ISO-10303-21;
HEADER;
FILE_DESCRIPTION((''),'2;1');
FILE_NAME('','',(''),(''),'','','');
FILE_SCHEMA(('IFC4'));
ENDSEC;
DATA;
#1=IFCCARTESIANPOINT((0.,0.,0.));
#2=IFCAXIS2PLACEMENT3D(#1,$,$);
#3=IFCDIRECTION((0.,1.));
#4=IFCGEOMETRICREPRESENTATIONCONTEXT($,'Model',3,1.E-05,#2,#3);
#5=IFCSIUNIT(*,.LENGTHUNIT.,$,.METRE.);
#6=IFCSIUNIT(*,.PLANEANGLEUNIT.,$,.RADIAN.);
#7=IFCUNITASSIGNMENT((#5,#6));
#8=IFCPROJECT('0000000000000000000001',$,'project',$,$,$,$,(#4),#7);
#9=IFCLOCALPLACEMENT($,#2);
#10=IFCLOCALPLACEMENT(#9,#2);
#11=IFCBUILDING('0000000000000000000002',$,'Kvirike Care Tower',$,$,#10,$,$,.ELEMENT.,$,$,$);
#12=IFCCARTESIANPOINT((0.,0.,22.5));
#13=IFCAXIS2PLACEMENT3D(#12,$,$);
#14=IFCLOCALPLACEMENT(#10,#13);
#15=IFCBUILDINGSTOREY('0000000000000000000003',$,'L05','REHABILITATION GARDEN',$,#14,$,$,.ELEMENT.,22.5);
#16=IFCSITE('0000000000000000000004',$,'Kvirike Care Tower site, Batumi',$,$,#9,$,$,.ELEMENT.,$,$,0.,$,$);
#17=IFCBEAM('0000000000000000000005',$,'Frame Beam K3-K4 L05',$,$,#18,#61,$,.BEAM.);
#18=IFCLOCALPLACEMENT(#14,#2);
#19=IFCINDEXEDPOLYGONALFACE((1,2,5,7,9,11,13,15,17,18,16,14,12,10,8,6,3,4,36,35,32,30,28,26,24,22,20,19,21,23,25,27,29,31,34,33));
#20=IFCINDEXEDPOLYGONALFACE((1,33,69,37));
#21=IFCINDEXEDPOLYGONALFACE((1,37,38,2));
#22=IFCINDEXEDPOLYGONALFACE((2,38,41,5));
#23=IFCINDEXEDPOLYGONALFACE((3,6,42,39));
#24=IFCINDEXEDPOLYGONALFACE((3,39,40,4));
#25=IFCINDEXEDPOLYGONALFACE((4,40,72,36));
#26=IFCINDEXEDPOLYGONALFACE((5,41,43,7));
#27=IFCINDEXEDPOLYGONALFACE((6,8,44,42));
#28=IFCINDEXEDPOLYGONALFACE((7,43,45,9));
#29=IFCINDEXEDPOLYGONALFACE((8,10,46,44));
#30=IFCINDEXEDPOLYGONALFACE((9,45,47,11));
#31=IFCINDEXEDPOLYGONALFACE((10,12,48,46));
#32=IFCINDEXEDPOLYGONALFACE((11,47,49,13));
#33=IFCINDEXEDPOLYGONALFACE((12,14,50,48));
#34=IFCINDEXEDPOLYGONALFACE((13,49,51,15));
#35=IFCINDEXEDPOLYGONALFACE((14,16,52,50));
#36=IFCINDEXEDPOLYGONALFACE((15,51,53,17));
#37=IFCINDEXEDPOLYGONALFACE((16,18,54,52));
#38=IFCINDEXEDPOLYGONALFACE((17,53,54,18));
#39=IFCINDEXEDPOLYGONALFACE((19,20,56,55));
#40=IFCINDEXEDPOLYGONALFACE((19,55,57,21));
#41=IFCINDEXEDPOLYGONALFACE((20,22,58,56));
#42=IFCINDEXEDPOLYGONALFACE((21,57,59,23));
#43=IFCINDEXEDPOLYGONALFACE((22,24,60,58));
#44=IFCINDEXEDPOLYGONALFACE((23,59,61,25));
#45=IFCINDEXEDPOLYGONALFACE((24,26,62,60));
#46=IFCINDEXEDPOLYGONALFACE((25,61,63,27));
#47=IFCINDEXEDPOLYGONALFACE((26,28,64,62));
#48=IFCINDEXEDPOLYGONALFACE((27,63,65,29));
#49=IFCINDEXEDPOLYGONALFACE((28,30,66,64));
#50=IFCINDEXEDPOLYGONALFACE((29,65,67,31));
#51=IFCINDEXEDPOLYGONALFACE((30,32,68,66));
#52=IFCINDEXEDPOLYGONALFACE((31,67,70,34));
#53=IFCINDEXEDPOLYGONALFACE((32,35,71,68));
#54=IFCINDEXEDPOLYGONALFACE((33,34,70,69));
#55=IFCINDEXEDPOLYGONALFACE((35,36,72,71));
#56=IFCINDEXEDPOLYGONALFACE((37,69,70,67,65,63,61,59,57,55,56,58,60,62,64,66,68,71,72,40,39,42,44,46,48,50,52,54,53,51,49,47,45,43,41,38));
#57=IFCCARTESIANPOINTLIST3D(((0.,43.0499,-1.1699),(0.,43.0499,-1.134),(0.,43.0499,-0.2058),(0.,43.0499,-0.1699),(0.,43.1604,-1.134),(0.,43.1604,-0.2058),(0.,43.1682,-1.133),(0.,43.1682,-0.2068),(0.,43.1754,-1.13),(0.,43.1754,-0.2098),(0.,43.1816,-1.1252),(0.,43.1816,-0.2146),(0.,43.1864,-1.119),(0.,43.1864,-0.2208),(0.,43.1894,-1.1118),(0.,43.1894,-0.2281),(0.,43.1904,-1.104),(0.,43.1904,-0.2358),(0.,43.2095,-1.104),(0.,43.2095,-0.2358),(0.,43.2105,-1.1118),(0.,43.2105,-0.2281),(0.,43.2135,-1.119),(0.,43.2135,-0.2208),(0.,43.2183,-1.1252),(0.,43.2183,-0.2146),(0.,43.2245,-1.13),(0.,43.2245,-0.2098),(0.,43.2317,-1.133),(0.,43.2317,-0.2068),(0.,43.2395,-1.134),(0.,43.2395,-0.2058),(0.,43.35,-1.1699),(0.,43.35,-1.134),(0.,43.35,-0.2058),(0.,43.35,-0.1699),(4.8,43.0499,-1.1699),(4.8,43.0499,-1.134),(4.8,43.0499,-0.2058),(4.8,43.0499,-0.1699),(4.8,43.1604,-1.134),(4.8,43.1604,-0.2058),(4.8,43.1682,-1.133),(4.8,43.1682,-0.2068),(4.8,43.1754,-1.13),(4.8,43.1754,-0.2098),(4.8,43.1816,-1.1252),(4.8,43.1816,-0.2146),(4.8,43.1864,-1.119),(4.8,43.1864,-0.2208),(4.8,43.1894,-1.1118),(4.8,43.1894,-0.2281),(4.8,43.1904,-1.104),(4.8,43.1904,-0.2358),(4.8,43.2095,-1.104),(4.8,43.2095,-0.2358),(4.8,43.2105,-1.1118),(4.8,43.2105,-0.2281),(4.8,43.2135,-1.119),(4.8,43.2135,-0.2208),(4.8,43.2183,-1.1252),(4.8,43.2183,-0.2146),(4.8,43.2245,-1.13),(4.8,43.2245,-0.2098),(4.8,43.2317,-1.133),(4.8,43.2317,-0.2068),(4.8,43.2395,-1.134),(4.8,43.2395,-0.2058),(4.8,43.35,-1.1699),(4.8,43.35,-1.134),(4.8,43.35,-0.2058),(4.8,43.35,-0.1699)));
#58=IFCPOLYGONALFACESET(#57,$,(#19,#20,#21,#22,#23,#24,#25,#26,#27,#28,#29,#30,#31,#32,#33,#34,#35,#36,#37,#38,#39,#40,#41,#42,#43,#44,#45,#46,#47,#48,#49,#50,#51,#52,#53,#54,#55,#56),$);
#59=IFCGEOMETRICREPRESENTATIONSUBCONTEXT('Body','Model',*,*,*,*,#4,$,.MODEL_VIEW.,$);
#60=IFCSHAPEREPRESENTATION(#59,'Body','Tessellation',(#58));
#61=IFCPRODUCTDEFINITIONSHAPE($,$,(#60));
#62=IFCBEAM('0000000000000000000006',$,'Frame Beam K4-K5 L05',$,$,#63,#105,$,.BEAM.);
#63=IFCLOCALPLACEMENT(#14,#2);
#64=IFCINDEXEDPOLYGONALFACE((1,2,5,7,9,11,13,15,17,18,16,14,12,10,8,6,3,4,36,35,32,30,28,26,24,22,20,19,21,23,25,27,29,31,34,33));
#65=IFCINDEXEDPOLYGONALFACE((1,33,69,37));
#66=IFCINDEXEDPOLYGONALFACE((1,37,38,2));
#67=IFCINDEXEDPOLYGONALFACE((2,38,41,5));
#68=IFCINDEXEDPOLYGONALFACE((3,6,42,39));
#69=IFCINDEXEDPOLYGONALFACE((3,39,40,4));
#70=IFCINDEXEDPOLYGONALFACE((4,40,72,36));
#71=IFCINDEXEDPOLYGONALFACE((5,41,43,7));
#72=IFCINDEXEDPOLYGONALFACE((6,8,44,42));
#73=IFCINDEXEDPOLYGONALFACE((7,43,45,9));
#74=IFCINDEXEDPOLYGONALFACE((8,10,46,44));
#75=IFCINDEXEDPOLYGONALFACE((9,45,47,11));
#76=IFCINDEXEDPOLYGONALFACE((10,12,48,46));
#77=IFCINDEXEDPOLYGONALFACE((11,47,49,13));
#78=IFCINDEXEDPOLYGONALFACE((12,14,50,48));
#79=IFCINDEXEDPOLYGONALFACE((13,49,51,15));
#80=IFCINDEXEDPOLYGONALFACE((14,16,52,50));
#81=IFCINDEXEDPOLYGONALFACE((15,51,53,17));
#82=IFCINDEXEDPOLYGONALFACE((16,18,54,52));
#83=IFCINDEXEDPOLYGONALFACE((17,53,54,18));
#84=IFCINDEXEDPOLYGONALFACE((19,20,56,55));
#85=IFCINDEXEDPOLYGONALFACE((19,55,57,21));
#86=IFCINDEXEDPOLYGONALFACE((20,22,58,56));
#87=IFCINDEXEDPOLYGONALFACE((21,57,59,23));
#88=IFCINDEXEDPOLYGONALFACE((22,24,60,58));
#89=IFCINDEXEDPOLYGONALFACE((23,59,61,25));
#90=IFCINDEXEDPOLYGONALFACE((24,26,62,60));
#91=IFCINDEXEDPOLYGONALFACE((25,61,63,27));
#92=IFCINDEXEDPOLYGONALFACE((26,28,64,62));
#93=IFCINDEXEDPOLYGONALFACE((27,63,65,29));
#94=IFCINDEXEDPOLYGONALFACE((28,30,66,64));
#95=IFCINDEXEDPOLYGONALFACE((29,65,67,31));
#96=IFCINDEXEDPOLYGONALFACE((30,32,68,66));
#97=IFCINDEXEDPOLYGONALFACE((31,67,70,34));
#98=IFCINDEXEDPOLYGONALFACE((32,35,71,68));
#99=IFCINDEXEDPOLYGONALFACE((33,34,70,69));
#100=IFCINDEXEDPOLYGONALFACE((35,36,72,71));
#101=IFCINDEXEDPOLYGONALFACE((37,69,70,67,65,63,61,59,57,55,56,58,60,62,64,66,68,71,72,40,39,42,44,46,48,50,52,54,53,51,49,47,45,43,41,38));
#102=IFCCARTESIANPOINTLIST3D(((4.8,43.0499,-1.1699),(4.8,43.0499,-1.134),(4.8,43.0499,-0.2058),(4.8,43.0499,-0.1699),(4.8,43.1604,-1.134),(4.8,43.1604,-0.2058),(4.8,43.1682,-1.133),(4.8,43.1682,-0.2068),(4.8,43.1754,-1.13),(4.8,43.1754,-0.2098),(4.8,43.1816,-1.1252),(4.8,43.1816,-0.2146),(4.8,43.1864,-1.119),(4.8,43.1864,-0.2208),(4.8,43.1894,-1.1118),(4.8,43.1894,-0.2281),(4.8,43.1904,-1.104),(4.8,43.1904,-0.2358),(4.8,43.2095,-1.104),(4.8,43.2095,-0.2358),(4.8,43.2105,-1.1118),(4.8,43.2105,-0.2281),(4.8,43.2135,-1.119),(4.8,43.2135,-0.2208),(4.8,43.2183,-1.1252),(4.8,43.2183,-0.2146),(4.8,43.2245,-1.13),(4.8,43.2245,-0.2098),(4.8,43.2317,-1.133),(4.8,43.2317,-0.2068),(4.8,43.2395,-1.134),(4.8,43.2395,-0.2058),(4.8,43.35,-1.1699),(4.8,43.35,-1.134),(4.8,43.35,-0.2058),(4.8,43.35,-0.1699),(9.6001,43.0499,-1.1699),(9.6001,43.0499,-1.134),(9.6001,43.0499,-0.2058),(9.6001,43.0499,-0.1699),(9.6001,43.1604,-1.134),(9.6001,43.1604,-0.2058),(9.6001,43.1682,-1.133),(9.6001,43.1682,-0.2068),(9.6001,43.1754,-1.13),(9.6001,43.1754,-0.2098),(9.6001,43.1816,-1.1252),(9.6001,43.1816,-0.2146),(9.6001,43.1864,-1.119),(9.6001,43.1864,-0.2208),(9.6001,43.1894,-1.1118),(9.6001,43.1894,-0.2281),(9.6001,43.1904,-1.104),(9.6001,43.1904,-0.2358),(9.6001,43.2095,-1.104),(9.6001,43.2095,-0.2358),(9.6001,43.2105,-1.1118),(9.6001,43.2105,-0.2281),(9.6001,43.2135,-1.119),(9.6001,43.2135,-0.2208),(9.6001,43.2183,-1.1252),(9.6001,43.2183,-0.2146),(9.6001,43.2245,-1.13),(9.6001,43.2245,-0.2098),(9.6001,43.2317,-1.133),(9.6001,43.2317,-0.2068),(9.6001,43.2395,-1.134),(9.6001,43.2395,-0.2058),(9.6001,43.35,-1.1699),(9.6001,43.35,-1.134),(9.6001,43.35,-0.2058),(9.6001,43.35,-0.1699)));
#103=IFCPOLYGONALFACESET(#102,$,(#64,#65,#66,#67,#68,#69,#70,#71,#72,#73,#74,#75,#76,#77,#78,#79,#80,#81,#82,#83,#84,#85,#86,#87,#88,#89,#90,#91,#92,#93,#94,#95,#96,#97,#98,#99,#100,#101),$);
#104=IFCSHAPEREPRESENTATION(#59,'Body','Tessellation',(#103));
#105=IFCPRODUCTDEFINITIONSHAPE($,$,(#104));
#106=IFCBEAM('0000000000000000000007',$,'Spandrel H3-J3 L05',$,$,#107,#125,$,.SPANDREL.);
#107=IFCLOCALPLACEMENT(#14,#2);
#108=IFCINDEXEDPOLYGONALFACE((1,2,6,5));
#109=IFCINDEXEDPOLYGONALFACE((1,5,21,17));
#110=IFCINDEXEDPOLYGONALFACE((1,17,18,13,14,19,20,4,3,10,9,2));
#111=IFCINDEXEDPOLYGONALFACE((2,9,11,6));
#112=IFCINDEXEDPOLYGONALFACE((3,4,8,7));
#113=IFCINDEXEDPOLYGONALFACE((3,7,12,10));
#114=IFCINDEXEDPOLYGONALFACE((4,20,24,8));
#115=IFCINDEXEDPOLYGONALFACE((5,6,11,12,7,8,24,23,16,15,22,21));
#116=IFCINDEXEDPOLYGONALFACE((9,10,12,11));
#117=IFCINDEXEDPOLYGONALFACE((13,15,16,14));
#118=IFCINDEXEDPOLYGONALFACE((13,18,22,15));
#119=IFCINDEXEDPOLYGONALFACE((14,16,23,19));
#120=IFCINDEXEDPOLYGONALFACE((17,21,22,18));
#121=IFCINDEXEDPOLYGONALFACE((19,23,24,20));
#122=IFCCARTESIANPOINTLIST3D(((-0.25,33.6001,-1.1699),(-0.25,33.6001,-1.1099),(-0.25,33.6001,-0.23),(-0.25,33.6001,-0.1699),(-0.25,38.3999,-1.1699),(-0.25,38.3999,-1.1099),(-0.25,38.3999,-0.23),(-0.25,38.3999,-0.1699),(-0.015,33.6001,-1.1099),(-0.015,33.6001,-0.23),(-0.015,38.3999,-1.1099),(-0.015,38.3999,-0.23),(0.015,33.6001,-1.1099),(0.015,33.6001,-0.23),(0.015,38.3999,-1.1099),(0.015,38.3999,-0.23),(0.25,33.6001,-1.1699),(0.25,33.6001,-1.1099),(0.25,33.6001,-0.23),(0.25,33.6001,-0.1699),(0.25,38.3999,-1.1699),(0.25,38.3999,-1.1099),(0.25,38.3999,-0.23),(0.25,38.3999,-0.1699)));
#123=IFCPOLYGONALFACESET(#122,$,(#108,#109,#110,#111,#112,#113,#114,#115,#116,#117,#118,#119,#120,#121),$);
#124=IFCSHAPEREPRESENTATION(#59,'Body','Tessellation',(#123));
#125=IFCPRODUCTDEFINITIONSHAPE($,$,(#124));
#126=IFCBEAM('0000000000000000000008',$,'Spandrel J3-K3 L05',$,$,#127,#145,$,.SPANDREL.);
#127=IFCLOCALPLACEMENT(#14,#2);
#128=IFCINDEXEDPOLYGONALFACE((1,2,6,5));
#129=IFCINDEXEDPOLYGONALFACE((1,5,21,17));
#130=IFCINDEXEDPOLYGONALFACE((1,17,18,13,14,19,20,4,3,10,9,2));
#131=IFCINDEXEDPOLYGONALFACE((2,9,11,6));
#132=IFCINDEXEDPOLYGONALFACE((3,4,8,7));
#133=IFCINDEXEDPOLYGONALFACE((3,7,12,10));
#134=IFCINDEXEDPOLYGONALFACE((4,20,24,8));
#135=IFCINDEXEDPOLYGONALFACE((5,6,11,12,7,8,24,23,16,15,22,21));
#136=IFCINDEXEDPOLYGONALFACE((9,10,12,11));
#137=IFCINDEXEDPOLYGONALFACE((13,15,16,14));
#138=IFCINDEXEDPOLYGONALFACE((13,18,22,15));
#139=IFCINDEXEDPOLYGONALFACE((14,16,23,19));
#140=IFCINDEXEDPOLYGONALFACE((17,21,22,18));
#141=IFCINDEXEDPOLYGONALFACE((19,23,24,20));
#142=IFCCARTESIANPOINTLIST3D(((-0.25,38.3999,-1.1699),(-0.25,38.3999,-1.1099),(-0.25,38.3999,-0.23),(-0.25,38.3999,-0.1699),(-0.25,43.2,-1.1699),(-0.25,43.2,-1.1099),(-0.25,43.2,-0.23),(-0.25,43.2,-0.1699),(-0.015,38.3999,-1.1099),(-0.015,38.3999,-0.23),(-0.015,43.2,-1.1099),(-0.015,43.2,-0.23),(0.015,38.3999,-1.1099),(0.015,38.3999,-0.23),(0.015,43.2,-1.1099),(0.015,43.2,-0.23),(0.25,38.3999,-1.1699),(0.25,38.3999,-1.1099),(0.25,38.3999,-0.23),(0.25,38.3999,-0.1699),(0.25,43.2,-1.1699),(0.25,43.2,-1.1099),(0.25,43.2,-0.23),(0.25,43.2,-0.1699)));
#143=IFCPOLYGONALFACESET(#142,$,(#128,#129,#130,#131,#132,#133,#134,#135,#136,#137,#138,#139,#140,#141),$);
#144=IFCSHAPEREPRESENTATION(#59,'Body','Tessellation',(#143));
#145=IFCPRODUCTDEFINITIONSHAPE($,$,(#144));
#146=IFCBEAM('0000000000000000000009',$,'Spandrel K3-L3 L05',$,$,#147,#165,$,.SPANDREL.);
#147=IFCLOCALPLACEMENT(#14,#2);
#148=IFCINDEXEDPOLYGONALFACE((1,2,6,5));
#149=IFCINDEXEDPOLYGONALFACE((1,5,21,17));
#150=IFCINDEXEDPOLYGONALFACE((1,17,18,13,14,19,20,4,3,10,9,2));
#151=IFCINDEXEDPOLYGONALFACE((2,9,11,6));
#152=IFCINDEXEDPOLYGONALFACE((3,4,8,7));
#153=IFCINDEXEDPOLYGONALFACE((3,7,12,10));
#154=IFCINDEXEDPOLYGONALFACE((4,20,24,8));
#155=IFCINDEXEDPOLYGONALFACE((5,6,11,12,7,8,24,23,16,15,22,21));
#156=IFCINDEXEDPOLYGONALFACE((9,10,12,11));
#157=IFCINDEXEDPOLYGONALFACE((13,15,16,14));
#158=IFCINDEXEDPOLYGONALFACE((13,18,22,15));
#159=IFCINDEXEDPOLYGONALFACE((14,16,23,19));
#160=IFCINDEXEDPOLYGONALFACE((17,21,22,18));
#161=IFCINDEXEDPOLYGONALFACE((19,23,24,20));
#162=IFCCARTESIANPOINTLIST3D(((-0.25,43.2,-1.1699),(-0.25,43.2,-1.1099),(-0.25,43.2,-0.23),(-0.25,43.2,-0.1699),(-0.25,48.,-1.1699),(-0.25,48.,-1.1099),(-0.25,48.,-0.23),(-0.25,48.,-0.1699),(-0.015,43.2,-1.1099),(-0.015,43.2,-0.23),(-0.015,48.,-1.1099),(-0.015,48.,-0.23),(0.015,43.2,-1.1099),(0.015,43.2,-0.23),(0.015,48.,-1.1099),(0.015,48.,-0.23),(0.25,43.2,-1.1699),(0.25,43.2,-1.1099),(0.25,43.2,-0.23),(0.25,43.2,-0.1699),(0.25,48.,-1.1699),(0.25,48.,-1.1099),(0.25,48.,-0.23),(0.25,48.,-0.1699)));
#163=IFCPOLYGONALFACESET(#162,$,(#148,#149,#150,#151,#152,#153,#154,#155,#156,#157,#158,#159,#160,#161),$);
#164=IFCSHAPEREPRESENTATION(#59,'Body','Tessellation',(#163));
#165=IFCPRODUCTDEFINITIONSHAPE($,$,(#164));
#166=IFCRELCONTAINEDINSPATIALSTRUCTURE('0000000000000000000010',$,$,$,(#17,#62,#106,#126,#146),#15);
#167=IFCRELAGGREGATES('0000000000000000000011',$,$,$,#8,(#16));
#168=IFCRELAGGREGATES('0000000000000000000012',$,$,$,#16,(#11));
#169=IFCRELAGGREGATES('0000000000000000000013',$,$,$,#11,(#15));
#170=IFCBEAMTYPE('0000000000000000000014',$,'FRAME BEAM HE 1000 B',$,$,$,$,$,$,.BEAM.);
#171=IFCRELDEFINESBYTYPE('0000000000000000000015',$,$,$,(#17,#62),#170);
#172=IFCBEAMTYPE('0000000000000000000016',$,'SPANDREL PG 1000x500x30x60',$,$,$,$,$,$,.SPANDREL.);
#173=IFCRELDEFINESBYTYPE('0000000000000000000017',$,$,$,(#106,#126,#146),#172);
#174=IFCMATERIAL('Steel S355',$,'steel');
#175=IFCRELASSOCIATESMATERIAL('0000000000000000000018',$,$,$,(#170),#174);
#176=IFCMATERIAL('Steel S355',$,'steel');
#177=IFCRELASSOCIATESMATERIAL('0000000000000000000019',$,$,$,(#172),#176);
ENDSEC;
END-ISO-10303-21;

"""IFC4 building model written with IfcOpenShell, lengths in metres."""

from ifc_helpers import new_model, si_unit, direction, frame, origin, origin_2d, place, context, subcontext, project, spatial, i_section, extrude, material, material_profile, profile_set, type_object, element, save


model = new_model("IFC4")

# Units and contexts
model_context = context("Model", 3, precision=1e-05, world=origin(), true_north=direction((0.0, 1.0)))
body_context = subcontext(model_context, "Body", "Model", "MODEL_VIEW")
ifc_project = project(units=[si_unit("LENGTHUNIT", "METRE"), si_unit("PLANEANGLEUNIT", "RADIAN")], contexts=[model_context])

# Site, building, storey
site_placement = place(None, origin())
site = spatial("IfcSite", under=ifc_project, at=site_placement, Name="Kvirike Care Tower site, Batumi", CompositionType="ELEMENT", RefElevation=0.0)
building_placement = place(site_placement, origin())
building = spatial("IfcBuilding", under=site, at=building_placement, Name="Kvirike Care Tower", CompositionType="ELEMENT")
storey_placement = place(building_placement, frame((0.0, 0.0, 22.5)))
storey = spatial("IfcBuildingStorey", under=building, at=storey_placement, Name="L05", Description="REHABILITATION GARDEN", CompositionType="ELEMENT", Elevation=22.5)

# Beams
ifc_material_1 = material(Name="Steel S355", Category="steel")
ifc_material_profile_1 = material_profile(ifc_material_1, i_section(OverallWidth=0.3, OverallDepth=1.0, WebThickness=0.019, FlangeThickness=0.0359, FilletRadius=0.03, at=origin_2d()), Name="HE 1000 B")
ifc_profile_set_1 = profile_set([ifc_material_profile_1], Name="Steel S355")
beam_type_1 = type_object("IfcBeamType", Name="FRAME BEAM HE 1000 B", PredefinedType="BEAM", material=ifc_profile_set_1)
for number, where, z_axis, x_axis, name in (
    (1, (0.0, 43.2, -0.6699), (1.0, 0.0, 0.0), (0.0, 1.0, 0.0), "Frame Beam K3-K4 L05"),
    (2, (4.8, 43.2, -0.6699), (1.0, 0.0, 0.0), (0.0, 1.0, 0.0), "Frame Beam K4-K5 L05"),
):
    element("IfcBeam", number, at=place(storey_placement, frame(where, z_axis=z_axis, x_axis=x_axis)), inside=storey, type_object=beam_type_1, Name=name, PredefinedType="BEAM", context=body_context, shape_type="SweptSolid", body=[
        extrude(i_section(OverallWidth=0.3, OverallDepth=1.0, WebThickness=0.019, FlangeThickness=0.0359, FilletRadius=0.03, at=origin_2d()), origin(), (0.0, 0.0, 1.0), 4.8),
    ])
ifc_material_2 = material(Name="Steel S355", Category="steel")
ifc_material_profile_2 = material_profile(ifc_material_2, i_section(OverallWidth=0.5, OverallDepth=1.0, WebThickness=0.03, FlangeThickness=0.0601, at=origin_2d()), Name="PG 1000x500x30x60")
ifc_profile_set_2 = profile_set([ifc_material_profile_2], Name="Steel S355")
beam_type_2 = type_object("IfcBeamType", Name="SPANDREL PG 1000x500x30x60", PredefinedType="SPANDREL", material=ifc_profile_set_2)
beam_1_placement = place(storey_placement, frame((0.0, 33.6001, -0.6699), z_axis=(0.0, 1.0, 0.0), x_axis=(-1.0, 0.0, 0.0)))
element("IfcBeam", 3, at=beam_1_placement, inside=storey, type_object=beam_type_2, Name="Spandrel H3-J3 L05", PredefinedType="SPANDREL", context=body_context, shape_type="SweptSolid", body=[
    extrude(i_section(OverallWidth=0.5, OverallDepth=1.0, WebThickness=0.03, FlangeThickness=0.0601, at=origin_2d()), origin(), (0.0, 0.0, 1.0), 4.7998),
])
for number, where, z_axis, x_axis, name in (
    (4, (0.0, 38.3999, -0.6699), (0.0, 1.0, 0.0), (-1.0, 0.0, 0.0), "Spandrel J3-K3 L05"),
    (5, (0.0, 43.2, -0.6699), (0.0, 1.0, 0.0), (-1.0, 0.0, 0.0), "Spandrel K3-L3 L05"),
):
    element("IfcBeam", number, at=place(storey_placement, frame(where, z_axis=z_axis, x_axis=x_axis)), inside=storey, type_object=beam_type_2, Name=name, PredefinedType="SPANDREL", context=body_context, shape_type="SweptSolid", body=[
        extrude(i_section(OverallWidth=0.5, OverallDepth=1.0, WebThickness=0.03, FlangeThickness=0.0601, at=origin_2d()), origin(), (0.0, 0.0, 1.0), 4.8),
    ])

save(model, "model.ifc")
